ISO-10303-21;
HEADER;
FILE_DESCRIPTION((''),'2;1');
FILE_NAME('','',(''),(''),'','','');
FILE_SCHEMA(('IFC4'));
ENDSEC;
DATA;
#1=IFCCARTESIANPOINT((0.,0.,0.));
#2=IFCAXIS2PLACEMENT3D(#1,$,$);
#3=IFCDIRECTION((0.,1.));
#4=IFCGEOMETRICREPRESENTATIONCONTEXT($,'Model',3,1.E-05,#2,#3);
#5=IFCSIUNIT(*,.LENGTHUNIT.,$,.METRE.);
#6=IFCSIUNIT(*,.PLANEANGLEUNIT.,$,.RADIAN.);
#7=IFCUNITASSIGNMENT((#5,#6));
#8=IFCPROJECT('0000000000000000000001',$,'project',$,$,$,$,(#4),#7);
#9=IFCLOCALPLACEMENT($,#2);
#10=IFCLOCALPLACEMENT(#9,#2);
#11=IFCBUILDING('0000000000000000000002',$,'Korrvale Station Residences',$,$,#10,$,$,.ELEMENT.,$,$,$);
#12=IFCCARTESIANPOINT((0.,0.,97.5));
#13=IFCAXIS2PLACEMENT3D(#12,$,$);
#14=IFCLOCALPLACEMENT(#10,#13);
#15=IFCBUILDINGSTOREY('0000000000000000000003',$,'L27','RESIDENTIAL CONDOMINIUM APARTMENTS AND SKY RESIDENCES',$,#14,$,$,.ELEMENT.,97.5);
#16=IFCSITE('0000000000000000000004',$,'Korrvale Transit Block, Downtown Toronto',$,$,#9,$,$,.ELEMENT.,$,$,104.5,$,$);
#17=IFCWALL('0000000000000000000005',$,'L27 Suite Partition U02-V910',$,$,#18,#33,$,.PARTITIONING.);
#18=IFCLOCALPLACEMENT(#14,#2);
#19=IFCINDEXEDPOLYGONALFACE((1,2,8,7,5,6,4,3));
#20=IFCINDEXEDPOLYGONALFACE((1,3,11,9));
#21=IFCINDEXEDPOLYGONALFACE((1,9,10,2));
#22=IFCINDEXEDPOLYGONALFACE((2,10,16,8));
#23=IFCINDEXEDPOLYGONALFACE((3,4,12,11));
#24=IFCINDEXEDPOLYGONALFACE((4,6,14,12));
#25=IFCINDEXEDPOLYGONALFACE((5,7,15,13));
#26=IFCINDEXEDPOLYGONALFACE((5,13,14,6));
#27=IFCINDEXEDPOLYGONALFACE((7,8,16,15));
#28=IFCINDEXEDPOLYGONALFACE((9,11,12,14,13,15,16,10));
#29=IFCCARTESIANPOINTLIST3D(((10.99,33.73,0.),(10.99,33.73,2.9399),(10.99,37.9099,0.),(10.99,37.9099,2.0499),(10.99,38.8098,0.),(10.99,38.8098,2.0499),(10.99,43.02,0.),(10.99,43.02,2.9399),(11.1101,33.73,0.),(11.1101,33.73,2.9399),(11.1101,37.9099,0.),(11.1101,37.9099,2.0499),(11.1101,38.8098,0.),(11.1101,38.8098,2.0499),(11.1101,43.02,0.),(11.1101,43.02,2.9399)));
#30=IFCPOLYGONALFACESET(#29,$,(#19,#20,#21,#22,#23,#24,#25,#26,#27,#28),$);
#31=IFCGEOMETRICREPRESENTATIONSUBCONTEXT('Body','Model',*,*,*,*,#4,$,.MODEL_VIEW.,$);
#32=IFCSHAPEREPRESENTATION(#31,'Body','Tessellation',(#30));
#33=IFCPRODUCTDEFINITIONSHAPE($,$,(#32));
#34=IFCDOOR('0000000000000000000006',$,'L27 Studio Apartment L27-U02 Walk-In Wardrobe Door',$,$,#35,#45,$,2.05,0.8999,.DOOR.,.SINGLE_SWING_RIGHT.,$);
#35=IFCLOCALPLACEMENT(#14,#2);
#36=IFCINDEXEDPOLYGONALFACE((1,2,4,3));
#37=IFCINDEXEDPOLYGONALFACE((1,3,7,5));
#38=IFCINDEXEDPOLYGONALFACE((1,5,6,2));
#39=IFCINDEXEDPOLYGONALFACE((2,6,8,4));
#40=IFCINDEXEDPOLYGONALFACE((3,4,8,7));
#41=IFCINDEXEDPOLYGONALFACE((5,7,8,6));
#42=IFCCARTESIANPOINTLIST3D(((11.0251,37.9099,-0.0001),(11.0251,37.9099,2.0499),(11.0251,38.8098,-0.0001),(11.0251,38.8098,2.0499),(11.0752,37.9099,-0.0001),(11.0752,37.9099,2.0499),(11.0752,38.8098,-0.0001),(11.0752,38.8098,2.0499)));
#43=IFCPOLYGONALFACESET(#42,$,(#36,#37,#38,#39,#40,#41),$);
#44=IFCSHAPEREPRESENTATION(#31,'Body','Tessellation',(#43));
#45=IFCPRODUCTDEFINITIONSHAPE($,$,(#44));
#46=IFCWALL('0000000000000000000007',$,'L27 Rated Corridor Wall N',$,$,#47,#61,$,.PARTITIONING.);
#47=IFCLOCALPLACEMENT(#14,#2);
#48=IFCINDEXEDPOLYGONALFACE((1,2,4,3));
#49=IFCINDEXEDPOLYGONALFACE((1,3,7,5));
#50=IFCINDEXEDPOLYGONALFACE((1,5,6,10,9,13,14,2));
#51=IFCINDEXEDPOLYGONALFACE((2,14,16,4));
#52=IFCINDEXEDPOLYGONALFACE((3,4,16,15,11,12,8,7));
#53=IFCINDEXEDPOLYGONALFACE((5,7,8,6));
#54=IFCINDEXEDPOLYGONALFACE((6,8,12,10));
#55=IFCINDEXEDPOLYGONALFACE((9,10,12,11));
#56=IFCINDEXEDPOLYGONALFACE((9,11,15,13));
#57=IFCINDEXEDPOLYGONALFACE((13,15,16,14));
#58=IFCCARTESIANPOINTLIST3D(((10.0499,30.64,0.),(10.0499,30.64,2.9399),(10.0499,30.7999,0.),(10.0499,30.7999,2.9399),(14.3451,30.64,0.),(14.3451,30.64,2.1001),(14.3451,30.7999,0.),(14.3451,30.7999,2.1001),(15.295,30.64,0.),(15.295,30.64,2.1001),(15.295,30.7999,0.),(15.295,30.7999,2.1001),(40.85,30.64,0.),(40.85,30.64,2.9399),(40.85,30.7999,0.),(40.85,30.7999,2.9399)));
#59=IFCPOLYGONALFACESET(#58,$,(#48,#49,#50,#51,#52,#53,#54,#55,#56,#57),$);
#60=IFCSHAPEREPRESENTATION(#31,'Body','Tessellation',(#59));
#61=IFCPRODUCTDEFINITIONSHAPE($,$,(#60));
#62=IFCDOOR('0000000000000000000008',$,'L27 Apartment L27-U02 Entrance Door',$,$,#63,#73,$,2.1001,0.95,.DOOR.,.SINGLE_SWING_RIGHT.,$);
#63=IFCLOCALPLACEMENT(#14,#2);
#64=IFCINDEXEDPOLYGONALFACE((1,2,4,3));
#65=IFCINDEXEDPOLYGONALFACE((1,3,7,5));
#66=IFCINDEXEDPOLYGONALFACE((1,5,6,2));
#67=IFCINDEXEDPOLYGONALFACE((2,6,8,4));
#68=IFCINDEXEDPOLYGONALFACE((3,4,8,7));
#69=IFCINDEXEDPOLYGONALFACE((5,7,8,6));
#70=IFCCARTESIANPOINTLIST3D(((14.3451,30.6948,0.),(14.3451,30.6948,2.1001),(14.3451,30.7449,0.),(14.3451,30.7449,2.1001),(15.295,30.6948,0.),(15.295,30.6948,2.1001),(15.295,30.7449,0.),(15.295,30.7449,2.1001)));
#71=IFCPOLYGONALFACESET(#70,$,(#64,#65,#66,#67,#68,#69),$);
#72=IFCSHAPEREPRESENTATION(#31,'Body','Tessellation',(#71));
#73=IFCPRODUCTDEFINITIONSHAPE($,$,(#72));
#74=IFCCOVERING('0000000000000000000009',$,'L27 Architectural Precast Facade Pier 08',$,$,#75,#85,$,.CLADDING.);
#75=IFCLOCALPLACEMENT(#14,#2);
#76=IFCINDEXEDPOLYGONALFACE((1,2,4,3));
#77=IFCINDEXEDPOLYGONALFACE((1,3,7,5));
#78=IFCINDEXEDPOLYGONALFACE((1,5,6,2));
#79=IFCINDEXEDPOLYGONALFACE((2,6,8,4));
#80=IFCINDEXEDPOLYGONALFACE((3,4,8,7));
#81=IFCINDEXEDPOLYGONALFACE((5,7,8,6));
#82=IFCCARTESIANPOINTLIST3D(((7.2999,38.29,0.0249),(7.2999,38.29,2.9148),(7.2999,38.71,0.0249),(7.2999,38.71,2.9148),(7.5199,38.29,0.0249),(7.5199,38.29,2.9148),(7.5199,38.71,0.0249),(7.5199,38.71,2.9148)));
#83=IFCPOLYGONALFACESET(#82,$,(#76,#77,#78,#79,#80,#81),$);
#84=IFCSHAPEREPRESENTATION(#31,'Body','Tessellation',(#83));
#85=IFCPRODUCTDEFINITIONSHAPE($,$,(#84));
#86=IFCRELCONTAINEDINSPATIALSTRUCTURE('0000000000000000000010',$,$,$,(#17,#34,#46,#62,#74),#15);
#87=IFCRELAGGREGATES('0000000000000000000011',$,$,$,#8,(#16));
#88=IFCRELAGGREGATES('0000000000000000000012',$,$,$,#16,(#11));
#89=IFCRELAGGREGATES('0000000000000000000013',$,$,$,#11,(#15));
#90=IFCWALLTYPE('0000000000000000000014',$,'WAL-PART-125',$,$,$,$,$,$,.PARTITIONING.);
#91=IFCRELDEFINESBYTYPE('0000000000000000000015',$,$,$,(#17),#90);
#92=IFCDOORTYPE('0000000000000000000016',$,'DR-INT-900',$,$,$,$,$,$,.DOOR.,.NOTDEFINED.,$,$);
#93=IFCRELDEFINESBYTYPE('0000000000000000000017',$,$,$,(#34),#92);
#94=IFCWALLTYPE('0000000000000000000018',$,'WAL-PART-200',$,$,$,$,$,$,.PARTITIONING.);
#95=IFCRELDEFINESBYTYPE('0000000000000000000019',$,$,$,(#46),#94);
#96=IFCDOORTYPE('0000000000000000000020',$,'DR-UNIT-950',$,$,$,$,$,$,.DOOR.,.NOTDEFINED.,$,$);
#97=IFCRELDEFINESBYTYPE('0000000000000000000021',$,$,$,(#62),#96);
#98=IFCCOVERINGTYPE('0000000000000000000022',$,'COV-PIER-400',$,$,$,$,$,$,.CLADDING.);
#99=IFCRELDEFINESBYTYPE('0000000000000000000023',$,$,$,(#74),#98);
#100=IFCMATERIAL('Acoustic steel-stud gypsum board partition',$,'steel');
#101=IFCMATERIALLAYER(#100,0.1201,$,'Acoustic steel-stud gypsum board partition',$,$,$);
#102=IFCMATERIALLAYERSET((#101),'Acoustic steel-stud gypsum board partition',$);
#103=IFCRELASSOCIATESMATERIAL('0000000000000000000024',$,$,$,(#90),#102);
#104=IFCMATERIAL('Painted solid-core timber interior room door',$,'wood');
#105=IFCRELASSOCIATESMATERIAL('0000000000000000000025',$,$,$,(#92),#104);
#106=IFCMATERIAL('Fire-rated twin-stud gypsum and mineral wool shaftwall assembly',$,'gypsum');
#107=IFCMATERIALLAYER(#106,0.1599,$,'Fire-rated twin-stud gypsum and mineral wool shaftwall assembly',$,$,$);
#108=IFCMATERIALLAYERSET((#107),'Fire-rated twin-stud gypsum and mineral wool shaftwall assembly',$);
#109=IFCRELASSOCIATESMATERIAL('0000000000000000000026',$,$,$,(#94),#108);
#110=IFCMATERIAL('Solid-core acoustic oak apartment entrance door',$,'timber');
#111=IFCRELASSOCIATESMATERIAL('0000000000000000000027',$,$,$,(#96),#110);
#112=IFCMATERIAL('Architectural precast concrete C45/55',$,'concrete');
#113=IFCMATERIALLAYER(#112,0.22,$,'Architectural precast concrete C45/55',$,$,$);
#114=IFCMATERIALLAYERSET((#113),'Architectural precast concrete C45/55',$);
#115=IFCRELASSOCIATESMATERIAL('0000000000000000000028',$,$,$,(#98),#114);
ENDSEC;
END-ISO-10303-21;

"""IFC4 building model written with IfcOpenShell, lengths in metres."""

from ifc_helpers import new_model, si_unit, direction, frame, frame_2d, origin, origin_2d, place, context, subcontext, project, spatial, rectangle, extrude, material, layer, layer_set, type_object, element, fill, save


model = new_model("IFC4")

# Units and contexts
model_context = context("Model", 3, precision=1e-05, world=origin(), true_north=direction((0.0, 1.0)))
body_context = subcontext(model_context, "Body", "Model", "MODEL_VIEW")
ifc_project = project(units=[si_unit("LENGTHUNIT", "METRE"), si_unit("PLANEANGLEUNIT", "RADIAN")], contexts=[model_context])

# Site, building, storey
site_placement = place(None, origin())
site = spatial("IfcSite", under=ifc_project, at=site_placement, Name="Korrvale Transit Block, Downtown Toronto", CompositionType="ELEMENT", RefElevation=104.5)
building_placement = place(site_placement, origin())
building = spatial("IfcBuilding", under=site, at=building_placement, Name="Korrvale Station Residences", CompositionType="ELEMENT")
storey_placement = place(building_placement, frame((0.0, 0.0, 97.5)))
storey = spatial("IfcBuildingStorey", under=building, at=storey_placement, Name="L27", Description="RESIDENTIAL CONDOMINIUM APARTMENTS AND SKY RESIDENCES", CompositionType="ELEMENT", Elevation=97.5)

# Shared definitions
ifc_material_1 = material(Name="Acoustic steel-stud gypsum board partition", Category="steel")
ifc_layer_1 = layer(ifc_material_1, 0.1201, Name="Acoustic steel-stud gypsum board partition")
ifc_layer_set_1 = layer_set([ifc_layer_1], Name="Acoustic steel-stud gypsum board partition")
wall_type_1 = type_object("IfcWallType", Name="WAL-PART-125", PredefinedType="PARTITIONING", material=ifc_layer_set_1)

# Walls, openings, doors
ifc_material_2 = material(Name="Painted solid-core timber interior room door", Category="wood")
door_type_1 = type_object("IfcDoorType", Name="DR-INT-900", OperationType="NOTDEFINED", PredefinedType="DOOR", material=ifc_material_2)
wall_1_placement = place(storey_placement, frame((11.05, 33.73, 0.0), z_axis=(0.0, 0.0, 1.0), x_axis=(0.0, 1.0, 0.0)))
wall_1 = element("IfcWall", 1, at=wall_1_placement, inside=storey, type_object=wall_type_1, Name="L27 Suite Partition U02-V910", PredefinedType="PARTITIONING", context=body_context, shape_type="SweptSolid", body=[
    extrude(rectangle(XDim=9.29, YDim=0.1201, at=frame_2d((4.645, 0.0))), origin(), (0.0, 0.0, 1.0), 2.9399),
])
opening_1_placement = place(wall_1_placement, frame((4.1799, 0.0, 0.0)))
opening_1 = element("IfcOpeningElement", 2, at=opening_1_placement, cuts=wall_1, PredefinedType="OPENING", context=body_context, shape_type="SweptSolid", body=[
    extrude(rectangle(XDim=0.8999, YDim=2.05, at=frame_2d((0.45, 1.0249))), frame((0.0, 0.0701, 0.0), z_axis=(0.0, -1.0, 0.0), x_axis=(1.0, 0.0, 0.0)), (0.0, 0.0, 1.0), 0.1401),
])
door_1_placement = place(opening_1_placement, origin())
door_1 = element("IfcDoor", 3, at=door_1_placement, inside=storey, type_object=door_type_1, Name="L27 Studio Apartment L27-U02 Walk-In Wardrobe Door", OperationType="SINGLE_SWING_RIGHT", OverallHeight=2.05, OverallWidth=0.8999, PredefinedType="DOOR", context=body_context, shape_type="SweptSolid", body=[
    extrude(rectangle(XDim=0.8999, YDim=2.05, at=frame_2d((0.45, 1.0249))), frame((0.0, 0.0249, 0.0), z_axis=(0.0, -1.0, 0.0), x_axis=(1.0, 0.0, 0.0)), (0.0, 0.0, 1.0), 0.05),
])
fill(opening_1, door_1)
ifc_material_3 = material(Name="Fire-rated twin-stud gypsum and mineral wool shaftwall assembly", Category="gypsum")
ifc_layer_2 = layer(ifc_material_3, 0.1599, Name="Fire-rated twin-stud gypsum and mineral wool shaftwall assembly")
ifc_layer_set_2 = layer_set([ifc_layer_2], Name="Fire-rated twin-stud gypsum and mineral wool shaftwall assembly")
wall_type_2 = type_object("IfcWallType", Name="WAL-PART-200", PredefinedType="PARTITIONING", material=ifc_layer_set_2)
wall_2_placement = place(storey_placement, frame((10.05, 30.72, 0.0), z_axis=(0.0, 0.0, 1.0), x_axis=(1.0, 0.0, 0.0)))
wall_2 = element("IfcWall", 4, at=wall_2_placement, inside=storey, type_object=wall_type_2, Name="L27 Rated Corridor Wall N", PredefinedType="PARTITIONING", context=body_context, shape_type="SweptSolid", body=[
    extrude(rectangle(XDim=30.8, YDim=0.1599, at=frame_2d((15.3999, 0.0))), origin(), (0.0, 0.0, 1.0), 2.9399),
])
opening_2_placement = place(wall_2_placement, frame((4.2949, 0.0, 0.0)))
opening_2 = element("IfcOpeningElement", 5, at=opening_2_placement, cuts=wall_2, PredefinedType="OPENING", context=body_context, shape_type="SweptSolid", body=[
    extrude(rectangle(XDim=0.95, YDim=2.1001, at=frame_2d((0.4751, 1.05))), frame((0.0, 0.0898, 0.0), z_axis=(0.0, -1.0, 0.0), x_axis=(1.0, 0.0, 0.0)), (0.0, 0.0, 1.0), 0.1799),
])
ifc_material_4 = material(Name="Solid-core acoustic oak apartment entrance door", Category="timber")
door_type_2 = type_object("IfcDoorType", Name="DR-UNIT-950", OperationType="NOTDEFINED", PredefinedType="DOOR", material=ifc_material_4)
door_2_placement = place(opening_2_placement, origin())
door_2 = element("IfcDoor", 6, at=door_2_placement, inside=storey, type_object=door_type_2, Name="L27 Apartment L27-U02 Entrance Door", OperationType="SINGLE_SWING_RIGHT", OverallHeight=2.1001, OverallWidth=0.95, PredefinedType="DOOR", context=body_context, shape_type="SweptSolid", body=[
    extrude(rectangle(XDim=0.95, YDim=2.1001, at=frame_2d((0.4751, 1.05))), frame((0.0, 0.0249, 0.0), z_axis=(0.0, -1.0, 0.0), x_axis=(1.0, 0.0, 0.0)), (0.0, 0.0, 1.0), 0.05),
])
fill(opening_2, door_2)

# Covering
ifc_material_5 = material(Name="Architectural precast concrete C45/55", Category="concrete")
ifc_layer_3 = layer(ifc_material_5, 0.22, Name="Architectural precast concrete C45/55")
ifc_layer_set_3 = layer_set([ifc_layer_3], Name="Architectural precast concrete C45/55")
covering_type = type_object("IfcCoveringType", Name="COV-PIER-400", PredefinedType="CLADDING", material=ifc_layer_set_3)
covering_placement = place(storey_placement, frame((7.4099, 38.5, 0.0249), z_axis=(0.0, 0.0, 1.0), x_axis=(0.0, 1.0, 0.0)))
element("IfcCovering", 7, at=covering_placement, inside=storey, type_object=covering_type, Name="L27 Architectural Precast Facade Pier 08", PredefinedType="CLADDING", context=body_context, shape_type="SweptSolid", body=[
    extrude(rectangle(XDim=0.4199, YDim=0.22, at=origin_2d()), origin(), (0.0, 0.0, 1.0), 2.8899),
])

save(model, "model.ifc")
